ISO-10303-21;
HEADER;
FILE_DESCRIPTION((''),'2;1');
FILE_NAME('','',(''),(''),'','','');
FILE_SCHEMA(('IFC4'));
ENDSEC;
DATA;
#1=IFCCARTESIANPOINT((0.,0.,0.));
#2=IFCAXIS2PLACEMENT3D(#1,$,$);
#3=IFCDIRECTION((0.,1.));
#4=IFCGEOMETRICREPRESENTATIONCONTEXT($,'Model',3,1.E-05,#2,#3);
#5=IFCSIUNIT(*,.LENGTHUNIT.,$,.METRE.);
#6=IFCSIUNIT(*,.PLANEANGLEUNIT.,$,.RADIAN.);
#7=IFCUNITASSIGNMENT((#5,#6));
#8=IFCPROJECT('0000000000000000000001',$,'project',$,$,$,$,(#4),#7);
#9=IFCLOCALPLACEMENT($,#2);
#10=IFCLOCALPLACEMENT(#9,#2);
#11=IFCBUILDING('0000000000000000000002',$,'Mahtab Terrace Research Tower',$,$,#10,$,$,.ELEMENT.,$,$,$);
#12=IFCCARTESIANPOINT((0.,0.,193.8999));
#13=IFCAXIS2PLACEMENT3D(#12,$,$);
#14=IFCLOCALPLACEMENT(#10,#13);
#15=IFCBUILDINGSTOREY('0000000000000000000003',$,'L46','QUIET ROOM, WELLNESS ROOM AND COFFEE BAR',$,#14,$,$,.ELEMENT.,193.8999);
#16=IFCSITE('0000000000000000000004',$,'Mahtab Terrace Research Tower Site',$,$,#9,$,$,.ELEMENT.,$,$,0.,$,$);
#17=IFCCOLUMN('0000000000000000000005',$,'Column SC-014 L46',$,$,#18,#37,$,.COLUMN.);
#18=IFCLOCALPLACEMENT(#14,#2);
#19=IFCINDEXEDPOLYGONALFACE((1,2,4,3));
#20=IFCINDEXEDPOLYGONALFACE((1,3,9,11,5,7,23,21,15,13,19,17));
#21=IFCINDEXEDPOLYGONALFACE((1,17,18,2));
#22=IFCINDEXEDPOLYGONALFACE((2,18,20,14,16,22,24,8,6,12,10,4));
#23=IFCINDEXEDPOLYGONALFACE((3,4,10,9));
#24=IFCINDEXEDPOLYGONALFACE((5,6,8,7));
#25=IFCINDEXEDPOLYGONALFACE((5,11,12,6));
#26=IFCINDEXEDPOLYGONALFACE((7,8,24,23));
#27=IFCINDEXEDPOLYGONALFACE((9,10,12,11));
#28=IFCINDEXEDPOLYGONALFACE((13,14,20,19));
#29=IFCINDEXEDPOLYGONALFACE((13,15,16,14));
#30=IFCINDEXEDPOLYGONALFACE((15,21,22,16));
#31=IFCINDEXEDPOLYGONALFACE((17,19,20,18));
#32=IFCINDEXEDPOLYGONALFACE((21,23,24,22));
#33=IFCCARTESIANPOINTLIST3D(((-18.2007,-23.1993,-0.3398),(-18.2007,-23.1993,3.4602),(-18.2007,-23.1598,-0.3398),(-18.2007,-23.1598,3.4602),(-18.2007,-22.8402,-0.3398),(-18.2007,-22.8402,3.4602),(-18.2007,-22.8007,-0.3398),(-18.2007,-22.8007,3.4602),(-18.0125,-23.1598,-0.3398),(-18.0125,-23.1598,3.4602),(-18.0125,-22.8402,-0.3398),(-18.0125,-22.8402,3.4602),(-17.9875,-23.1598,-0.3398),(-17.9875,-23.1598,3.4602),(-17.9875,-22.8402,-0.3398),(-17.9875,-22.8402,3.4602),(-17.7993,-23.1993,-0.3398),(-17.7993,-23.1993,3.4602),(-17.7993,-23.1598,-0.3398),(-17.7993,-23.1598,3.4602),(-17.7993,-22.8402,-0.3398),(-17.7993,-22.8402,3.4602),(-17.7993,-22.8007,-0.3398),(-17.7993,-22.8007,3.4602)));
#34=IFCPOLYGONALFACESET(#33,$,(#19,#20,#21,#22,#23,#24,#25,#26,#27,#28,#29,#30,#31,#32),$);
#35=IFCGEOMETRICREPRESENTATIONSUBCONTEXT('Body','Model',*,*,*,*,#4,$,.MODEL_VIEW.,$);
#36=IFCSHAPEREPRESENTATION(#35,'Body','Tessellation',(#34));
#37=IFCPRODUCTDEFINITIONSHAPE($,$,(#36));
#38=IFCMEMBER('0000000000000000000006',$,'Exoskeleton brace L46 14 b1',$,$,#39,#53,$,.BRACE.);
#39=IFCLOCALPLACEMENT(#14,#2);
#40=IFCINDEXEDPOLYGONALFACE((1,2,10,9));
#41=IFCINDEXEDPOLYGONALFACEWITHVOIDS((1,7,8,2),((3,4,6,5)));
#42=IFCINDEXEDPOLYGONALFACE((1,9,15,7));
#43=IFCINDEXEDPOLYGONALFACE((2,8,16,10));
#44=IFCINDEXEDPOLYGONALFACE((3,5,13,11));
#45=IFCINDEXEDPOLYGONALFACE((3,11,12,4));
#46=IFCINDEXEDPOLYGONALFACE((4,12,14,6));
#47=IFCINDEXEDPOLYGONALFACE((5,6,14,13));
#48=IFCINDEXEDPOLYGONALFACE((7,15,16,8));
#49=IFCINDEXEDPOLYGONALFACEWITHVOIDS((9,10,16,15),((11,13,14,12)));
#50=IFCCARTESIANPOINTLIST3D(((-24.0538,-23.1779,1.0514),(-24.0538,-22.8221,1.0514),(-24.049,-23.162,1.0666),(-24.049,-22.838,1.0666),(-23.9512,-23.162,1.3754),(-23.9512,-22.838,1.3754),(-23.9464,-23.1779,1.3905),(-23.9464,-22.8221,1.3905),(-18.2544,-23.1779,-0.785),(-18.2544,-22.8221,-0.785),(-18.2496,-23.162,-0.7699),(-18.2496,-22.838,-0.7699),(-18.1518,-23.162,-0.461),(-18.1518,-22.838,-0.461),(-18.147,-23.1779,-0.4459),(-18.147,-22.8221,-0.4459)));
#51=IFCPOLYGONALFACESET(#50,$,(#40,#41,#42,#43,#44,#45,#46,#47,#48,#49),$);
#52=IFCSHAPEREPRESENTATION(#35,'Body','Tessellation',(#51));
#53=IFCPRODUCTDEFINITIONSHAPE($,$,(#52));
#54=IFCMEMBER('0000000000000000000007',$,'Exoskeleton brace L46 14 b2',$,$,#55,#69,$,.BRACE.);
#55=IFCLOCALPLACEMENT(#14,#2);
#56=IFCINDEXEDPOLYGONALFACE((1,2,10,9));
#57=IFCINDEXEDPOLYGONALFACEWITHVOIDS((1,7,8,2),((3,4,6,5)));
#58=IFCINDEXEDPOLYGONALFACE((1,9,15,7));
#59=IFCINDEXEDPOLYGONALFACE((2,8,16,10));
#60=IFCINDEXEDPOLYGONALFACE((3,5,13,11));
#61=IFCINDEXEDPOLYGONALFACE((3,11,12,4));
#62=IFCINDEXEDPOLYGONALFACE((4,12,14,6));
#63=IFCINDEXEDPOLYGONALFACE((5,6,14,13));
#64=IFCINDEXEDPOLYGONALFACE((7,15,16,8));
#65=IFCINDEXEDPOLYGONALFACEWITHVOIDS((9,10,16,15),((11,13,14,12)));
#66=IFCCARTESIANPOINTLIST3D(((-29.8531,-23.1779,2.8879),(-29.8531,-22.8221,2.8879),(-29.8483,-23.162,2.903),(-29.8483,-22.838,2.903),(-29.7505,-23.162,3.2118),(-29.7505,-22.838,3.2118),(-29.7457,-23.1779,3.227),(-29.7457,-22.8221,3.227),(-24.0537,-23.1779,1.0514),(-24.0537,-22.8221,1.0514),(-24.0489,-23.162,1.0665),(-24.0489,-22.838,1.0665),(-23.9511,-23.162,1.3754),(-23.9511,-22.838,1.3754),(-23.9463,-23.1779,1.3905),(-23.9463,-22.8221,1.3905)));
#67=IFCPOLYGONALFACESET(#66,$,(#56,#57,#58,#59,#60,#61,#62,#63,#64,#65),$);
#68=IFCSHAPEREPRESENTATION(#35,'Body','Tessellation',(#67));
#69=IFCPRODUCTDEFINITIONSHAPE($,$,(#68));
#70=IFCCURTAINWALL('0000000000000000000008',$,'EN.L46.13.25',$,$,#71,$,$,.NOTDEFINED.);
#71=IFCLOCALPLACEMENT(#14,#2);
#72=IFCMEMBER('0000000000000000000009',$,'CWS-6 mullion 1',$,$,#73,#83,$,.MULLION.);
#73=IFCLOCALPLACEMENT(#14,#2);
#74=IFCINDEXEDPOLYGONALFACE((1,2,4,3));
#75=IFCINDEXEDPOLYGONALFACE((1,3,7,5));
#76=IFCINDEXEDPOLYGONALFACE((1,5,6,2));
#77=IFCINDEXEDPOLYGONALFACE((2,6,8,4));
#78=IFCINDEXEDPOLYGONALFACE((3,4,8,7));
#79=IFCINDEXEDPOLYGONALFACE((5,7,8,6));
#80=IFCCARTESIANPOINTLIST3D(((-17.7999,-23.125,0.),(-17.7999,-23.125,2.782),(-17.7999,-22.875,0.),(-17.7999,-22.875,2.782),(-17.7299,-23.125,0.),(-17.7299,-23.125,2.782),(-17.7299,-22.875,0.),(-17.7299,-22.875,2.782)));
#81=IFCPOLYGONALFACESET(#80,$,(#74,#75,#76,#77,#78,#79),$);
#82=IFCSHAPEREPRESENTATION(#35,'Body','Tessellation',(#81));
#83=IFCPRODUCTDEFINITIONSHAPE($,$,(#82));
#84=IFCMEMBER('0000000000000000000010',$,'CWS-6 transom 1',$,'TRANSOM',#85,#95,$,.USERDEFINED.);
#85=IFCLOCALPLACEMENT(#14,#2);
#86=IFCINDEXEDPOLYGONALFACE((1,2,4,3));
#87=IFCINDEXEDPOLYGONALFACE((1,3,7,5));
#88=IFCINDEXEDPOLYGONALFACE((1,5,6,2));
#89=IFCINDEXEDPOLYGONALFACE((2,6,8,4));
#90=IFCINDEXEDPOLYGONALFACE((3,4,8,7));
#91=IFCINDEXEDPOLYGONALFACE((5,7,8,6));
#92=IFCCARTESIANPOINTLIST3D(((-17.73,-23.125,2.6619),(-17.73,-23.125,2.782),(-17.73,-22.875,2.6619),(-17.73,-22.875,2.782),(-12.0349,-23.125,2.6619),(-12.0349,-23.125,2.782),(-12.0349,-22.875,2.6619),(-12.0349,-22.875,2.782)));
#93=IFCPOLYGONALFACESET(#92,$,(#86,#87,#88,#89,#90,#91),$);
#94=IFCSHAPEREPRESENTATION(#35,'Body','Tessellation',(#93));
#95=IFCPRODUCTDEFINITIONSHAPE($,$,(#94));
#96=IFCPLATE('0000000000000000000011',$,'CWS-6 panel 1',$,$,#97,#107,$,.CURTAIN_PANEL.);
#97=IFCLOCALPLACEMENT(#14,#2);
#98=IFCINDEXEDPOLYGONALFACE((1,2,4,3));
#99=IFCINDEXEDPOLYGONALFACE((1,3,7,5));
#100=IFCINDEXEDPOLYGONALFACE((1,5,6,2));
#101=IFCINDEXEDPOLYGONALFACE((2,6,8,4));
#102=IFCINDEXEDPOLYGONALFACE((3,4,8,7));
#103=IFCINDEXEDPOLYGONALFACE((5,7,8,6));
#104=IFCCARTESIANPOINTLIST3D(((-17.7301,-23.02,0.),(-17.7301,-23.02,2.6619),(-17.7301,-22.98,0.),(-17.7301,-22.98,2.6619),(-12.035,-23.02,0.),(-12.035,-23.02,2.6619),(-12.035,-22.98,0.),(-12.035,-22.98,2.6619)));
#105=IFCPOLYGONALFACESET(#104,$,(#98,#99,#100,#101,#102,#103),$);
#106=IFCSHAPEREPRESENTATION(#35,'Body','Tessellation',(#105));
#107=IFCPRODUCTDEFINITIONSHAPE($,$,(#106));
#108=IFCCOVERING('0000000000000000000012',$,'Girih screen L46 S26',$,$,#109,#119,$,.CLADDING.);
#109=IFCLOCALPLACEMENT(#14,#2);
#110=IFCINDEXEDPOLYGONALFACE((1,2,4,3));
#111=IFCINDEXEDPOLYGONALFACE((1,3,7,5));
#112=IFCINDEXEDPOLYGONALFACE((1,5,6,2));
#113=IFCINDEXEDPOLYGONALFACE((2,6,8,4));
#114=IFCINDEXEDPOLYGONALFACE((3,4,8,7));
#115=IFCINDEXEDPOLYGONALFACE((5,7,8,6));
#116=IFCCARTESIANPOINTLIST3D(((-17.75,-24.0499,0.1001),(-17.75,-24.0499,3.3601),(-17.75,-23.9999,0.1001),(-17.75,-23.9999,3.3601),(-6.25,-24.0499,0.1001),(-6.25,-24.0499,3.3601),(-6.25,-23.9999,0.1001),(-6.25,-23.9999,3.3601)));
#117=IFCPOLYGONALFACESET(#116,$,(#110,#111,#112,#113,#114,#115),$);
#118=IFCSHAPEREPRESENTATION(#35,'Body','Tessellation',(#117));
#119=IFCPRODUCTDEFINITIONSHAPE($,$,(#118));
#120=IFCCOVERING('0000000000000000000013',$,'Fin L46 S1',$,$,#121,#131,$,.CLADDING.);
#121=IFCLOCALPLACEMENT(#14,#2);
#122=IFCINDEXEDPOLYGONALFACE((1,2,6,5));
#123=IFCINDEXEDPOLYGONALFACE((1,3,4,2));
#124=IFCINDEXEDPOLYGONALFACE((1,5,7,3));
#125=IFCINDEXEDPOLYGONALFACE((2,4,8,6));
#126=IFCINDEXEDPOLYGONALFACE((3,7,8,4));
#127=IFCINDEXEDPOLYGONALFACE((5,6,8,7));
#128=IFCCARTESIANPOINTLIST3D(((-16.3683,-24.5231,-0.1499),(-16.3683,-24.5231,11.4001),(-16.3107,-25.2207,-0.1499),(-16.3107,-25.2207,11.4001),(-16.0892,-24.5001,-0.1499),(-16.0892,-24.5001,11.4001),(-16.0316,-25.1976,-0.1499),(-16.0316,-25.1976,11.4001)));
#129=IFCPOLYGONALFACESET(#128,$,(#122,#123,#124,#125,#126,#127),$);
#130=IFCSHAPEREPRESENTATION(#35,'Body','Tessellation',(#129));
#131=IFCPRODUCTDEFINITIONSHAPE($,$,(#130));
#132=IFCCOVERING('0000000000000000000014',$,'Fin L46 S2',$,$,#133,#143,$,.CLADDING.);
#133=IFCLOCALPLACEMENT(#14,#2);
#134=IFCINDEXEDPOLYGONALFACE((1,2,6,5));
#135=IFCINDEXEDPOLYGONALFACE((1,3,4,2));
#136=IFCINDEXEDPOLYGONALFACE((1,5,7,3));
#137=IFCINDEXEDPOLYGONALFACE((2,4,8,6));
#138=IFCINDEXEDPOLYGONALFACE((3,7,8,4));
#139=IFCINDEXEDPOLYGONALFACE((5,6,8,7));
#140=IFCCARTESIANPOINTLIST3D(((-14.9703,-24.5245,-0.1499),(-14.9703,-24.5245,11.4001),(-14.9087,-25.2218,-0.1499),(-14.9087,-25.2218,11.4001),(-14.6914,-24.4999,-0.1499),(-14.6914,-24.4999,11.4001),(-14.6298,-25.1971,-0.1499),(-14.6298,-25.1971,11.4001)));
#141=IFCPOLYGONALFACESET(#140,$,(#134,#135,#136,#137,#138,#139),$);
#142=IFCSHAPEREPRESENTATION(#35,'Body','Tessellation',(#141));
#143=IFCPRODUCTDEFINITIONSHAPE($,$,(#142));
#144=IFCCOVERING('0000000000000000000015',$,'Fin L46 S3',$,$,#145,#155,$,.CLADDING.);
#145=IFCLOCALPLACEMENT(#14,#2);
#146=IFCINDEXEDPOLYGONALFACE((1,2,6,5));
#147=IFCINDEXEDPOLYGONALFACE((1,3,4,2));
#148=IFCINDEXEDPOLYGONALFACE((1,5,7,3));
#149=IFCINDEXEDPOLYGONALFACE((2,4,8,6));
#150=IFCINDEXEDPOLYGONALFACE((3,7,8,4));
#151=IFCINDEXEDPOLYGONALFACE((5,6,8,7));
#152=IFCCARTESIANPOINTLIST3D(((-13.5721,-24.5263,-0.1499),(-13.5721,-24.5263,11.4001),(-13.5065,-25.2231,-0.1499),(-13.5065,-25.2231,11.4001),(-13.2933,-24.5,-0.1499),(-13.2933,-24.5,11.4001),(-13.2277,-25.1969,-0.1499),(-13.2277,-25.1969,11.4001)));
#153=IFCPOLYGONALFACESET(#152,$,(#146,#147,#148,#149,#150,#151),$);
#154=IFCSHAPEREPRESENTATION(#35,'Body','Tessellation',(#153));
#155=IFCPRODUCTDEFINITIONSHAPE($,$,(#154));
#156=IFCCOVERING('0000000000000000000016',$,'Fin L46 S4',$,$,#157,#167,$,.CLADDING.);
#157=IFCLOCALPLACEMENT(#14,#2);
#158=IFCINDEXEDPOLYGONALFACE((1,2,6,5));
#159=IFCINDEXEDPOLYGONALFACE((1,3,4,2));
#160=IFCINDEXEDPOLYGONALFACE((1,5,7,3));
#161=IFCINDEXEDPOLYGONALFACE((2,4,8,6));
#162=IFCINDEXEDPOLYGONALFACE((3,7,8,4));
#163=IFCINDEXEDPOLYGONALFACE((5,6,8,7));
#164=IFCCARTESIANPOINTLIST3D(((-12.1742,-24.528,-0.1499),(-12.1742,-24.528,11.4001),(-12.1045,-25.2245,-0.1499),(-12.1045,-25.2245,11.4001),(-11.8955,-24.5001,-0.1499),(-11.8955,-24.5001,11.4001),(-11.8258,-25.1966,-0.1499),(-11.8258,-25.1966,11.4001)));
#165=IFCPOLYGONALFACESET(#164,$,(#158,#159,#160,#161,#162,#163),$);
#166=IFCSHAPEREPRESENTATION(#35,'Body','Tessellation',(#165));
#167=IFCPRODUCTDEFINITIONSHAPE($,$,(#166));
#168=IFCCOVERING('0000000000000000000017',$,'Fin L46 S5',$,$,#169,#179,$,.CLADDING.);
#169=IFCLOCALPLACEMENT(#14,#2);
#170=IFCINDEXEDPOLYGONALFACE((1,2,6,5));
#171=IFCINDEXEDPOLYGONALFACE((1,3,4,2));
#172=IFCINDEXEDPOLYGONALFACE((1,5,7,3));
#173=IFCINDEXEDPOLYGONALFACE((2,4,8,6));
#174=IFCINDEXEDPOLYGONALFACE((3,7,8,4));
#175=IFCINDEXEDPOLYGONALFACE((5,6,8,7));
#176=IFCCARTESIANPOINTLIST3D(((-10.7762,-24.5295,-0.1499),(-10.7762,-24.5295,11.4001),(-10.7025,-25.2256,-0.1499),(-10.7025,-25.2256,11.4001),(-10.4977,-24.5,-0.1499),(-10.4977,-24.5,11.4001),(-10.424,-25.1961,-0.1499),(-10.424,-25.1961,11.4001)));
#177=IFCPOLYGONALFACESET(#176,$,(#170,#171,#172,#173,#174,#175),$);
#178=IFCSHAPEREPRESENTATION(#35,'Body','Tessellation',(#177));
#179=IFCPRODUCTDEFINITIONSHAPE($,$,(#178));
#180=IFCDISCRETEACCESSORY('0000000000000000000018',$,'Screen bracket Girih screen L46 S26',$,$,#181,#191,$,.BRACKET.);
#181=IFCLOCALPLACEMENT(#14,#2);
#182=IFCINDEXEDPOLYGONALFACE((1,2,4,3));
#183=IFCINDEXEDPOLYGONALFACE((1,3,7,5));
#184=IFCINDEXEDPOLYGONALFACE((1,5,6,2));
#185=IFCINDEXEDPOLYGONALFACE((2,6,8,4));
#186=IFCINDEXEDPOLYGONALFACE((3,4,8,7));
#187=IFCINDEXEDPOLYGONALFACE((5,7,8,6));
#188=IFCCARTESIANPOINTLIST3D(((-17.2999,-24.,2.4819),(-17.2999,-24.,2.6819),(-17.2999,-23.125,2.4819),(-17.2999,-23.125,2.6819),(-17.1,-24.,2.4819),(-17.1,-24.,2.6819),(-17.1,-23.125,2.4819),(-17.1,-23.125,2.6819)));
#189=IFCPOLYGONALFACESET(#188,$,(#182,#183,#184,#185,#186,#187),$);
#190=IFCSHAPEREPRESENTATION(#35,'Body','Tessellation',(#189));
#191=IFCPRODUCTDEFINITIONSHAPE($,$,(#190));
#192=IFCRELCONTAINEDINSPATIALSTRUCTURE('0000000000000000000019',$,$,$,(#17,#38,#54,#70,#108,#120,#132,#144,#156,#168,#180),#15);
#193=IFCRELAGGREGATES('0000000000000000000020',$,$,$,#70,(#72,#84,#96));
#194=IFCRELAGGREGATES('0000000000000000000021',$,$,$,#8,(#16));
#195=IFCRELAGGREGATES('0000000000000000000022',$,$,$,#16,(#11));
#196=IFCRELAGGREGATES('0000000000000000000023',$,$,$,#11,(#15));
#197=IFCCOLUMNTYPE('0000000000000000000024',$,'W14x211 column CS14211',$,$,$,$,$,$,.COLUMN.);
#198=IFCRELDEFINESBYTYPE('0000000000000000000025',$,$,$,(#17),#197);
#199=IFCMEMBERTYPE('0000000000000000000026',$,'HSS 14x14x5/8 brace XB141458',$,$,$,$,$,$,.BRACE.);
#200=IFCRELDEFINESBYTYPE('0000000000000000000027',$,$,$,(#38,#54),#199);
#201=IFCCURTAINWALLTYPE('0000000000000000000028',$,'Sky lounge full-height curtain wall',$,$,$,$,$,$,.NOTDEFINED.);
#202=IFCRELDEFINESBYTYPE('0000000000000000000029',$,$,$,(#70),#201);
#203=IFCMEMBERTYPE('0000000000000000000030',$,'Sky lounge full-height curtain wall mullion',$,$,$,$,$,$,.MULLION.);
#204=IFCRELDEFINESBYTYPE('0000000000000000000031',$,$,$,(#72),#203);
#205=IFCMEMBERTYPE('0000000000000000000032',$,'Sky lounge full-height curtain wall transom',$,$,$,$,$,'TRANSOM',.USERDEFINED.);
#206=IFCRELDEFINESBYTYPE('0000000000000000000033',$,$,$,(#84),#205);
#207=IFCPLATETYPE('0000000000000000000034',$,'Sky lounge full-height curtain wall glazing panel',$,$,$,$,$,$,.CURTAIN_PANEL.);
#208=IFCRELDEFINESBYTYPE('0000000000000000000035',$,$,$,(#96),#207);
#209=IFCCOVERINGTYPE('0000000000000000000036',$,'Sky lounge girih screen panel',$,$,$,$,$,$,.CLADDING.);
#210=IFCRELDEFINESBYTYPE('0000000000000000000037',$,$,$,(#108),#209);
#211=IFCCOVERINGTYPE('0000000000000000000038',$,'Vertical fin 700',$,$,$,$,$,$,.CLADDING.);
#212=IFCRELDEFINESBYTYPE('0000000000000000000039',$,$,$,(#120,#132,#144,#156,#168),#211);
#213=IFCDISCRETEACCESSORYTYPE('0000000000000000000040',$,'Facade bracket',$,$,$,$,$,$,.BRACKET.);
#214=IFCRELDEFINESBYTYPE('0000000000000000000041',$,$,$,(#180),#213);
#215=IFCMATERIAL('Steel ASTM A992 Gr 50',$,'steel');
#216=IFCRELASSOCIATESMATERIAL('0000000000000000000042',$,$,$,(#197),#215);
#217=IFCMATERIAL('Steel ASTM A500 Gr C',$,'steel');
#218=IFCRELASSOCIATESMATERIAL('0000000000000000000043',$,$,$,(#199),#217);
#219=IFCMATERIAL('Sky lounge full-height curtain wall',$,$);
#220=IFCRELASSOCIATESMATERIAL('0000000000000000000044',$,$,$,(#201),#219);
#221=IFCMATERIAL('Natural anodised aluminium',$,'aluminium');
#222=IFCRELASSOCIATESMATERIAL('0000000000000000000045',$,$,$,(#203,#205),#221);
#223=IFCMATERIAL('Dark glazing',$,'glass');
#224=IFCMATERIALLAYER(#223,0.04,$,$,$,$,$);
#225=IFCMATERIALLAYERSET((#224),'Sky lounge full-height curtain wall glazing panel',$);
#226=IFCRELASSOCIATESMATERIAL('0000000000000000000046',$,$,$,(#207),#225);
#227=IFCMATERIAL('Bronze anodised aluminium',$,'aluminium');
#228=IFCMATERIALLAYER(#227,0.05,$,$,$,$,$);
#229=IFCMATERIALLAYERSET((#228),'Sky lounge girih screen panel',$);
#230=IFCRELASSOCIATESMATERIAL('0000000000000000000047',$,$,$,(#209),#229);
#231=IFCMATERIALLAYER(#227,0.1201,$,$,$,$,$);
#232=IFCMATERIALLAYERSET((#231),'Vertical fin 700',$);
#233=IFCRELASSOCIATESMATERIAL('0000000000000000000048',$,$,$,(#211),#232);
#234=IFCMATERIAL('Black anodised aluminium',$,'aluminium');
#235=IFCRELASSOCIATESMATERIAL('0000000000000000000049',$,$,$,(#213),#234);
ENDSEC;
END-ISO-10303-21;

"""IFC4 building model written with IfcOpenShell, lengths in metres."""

from ifc_helpers import new_model, si_unit, direction, frame, origin, origin_2d, place, context, subcontext, project, spatial, rectangle, hollow_rectangle, i_section, extrude, material, layer, layer_set, material_profile, profile_set, type_object, element, aggregate, save


model = new_model("IFC4")

# Units and contexts
model_context = context("Model", 3, precision=1e-05, world=origin(), true_north=direction((0.0, 1.0)))
body_context = subcontext(model_context, "Body", "Model", "MODEL_VIEW")
ifc_project = project(units=[si_unit("LENGTHUNIT", "METRE"), si_unit("PLANEANGLEUNIT", "RADIAN")], contexts=[model_context])

# Site, building, storey
site_placement = place(None, origin())
site = spatial("IfcSite", under=ifc_project, at=site_placement, Name="Mahtab Terrace Research Tower Site", CompositionType="ELEMENT", RefElevation=0.0)
building_placement = place(site_placement, origin())
building = spatial("IfcBuilding", under=site, at=building_placement, Name="Mahtab Terrace Research Tower", CompositionType="ELEMENT")
storey_placement = place(building_placement, frame((0.0, 0.0, 193.8999)))
storey = spatial("IfcBuildingStorey", under=building, at=storey_placement, Name="L46", Description="QUIET ROOM, WELLNESS ROOM AND COFFEE BAR", CompositionType="ELEMENT", Elevation=193.8999)

# Column
ifc_material_1 = material(Name="Steel ASTM A992 Gr 50", Category="steel")
ifc_material_profile_1 = material_profile(ifc_material_1, i_section(OverallWidth=0.4014, OverallDepth=0.3987, WebThickness=0.0249, FlangeThickness=0.0396, at=origin_2d()), Name="W14X211")
ifc_profile_set_1 = profile_set([ifc_material_profile_1], Name="Steel ASTM A992 Gr 50")
column_type = type_object("IfcColumnType", Name="W14x211 column CS14211", PredefinedType="COLUMN", material=ifc_profile_set_1)
column_placement = place(storey_placement, frame((-18.0, -23.0, -0.3398), z_axis=(0.0, 0.0, 1.0), x_axis=(1.0, 0.0, 0.0)))
element("IfcColumn", 1, at=column_placement, inside=storey, type_object=column_type, Name="Column SC-014 L46", PredefinedType="COLUMN", context=body_context, shape_type="SweptSolid", body=[
    extrude(i_section(OverallWidth=0.4014, OverallDepth=0.3987, WebThickness=0.0249, FlangeThickness=0.0396, at=origin_2d()), origin(), (0.0, 0.0, 1.0), 3.8),
])

# Members
ifc_material_2 = material(Name="Steel ASTM A500 Gr C", Category="steel")
ifc_material_profile_2 = material_profile(ifc_material_2, hollow_rectangle(XDim=0.3557, YDim=0.3557, WallThickness=0.0159, at=origin_2d()), Name="HSS14X14X5/8")
ifc_profile_set_2 = profile_set([ifc_material_profile_2], Name="Steel ASTM A500 Gr C")
member_type_1 = type_object("IfcMemberType", Name="HSS 14x14x5/8 brace XB141458", PredefinedType="BRACE", material=ifc_profile_set_2)
for number, where, z_axis, x_axis, name in (
    (2, (-18.2007, -23.0, -0.6155), (-0.953343, 0.0, 0.301888), (0.0, -1.0, 0.0), "Exoskeleton brace L46 14 b1"),
    (3, (-24.0, -23.0, 1.2209), (-0.953343, 0.0, 0.301888), (0.0, -1.0, 0.0), "Exoskeleton brace L46 14 b2"),
):
    element("IfcMember", number, at=place(storey_placement, frame(where, z_axis=z_axis, x_axis=x_axis)), inside=storey, type_object=member_type_1, Name=name, PredefinedType="BRACE", context=body_context, shape_type="SweptSolid", body=[
        extrude(hollow_rectangle(XDim=0.3557, YDim=0.3557, WallThickness=0.0159, at=origin_2d()), origin(), (0.0, 0.0, 1.0), 6.0833),
    ])

# Curtain wall, members, plate
ifc_material_3 = material(Name="Sky lounge full-height curtain wall")
curtain_wall_type = type_object("IfcCurtainWallType", Name="Sky lounge full-height curtain wall", PredefinedType="NOTDEFINED", material=ifc_material_3)
curtain_wall_placement = place(storey_placement, origin())
curtain_wall = element("IfcCurtainWall", 4, at=curtain_wall_placement, inside=storey, type_object=curtain_wall_type, Name="EN.L46.13.25", PredefinedType="NOTDEFINED")
ifc_material_4 = material(Name="Natural anodised aluminium", Category="aluminium")
ifc_material_profile_3 = material_profile(ifc_material_4, rectangle(XDim=0.25, YDim=0.0701, at=origin_2d()), Name="MULLION 70x250")
ifc_profile_set_3 = profile_set([ifc_material_profile_3], Name="Natural anodised aluminium")
member_type_2 = type_object("IfcMemberType", Name="Sky lounge full-height curtain wall mullion", PredefinedType="MULLION", material=ifc_profile_set_3)
member_1_placement = place(storey_placement, frame((-17.7649, -23.0, 0.0), z_axis=(0.0, 0.0, 1.0), x_axis=(0.0, 1.0, 0.0)))
member_1 = element("IfcMember", 5, at=member_1_placement, type_object=member_type_2, Name="CWS-6 mullion 1", PredefinedType="MULLION", context=body_context, shape_type="SweptSolid", body=[
    extrude(rectangle(XDim=0.25, YDim=0.0701, at=origin_2d()), origin(), (0.0, 0.0, 1.0), 2.782),
])
ifc_material_profile_4 = material_profile(ifc_material_4, rectangle(XDim=0.25, YDim=0.1201, at=origin_2d()), Name="TRANSOM 120x250")
ifc_profile_set_4 = profile_set([ifc_material_profile_4], Name="Natural anodised aluminium")
member_type_3 = type_object("IfcMemberType", Name="Sky lounge full-height curtain wall transom", ElementType="TRANSOM", PredefinedType="USERDEFINED", material=ifc_profile_set_4)
member_2_placement = place(storey_placement, frame((-17.73, -23.0, 2.7219), z_axis=(1.0, 0.0, 0.0), x_axis=(0.0, 1.0, 0.0)))
member_2 = element("IfcMember", 6, at=member_2_placement, type_object=member_type_3, Name="CWS-6 transom 1", ObjectType="TRANSOM", PredefinedType="USERDEFINED", context=body_context, shape_type="SweptSolid", body=[
    extrude(rectangle(XDim=0.25, YDim=0.1201, at=origin_2d()), origin(), (0.0, 0.0, 1.0), 5.6951),
])
ifc_material_5 = material(Name="Dark glazing", Category="glass")
ifc_layer_1 = layer(ifc_material_5, 0.04)
ifc_layer_set_1 = layer_set([ifc_layer_1], Name="Sky lounge full-height curtain wall glazing panel")
plate_type = type_object("IfcPlateType", Name="Sky lounge full-height curtain wall glazing panel", PredefinedType="CURTAIN_PANEL", material=ifc_layer_set_1)
plate_placement = place(storey_placement, frame((-14.8826, -23.0, 0.0), z_axis=(0.0, 0.0, 1.0), x_axis=(1.0, 0.0, 0.0)))
plate = element("IfcPlate", 7, at=plate_placement, type_object=plate_type, Name="CWS-6 panel 1", PredefinedType="CURTAIN_PANEL", context=body_context, shape_type="SweptSolid", body=[
    extrude(rectangle(XDim=5.6951, YDim=0.04, at=origin_2d()), origin(), (0.0, 0.0, 1.0), 2.6619),
])
aggregate(curtain_wall, [member_1, member_2, plate])

# Coverings
ifc_material_6 = material(Name="Bronze anodised aluminium", Category="aluminium")
ifc_layer_2 = layer(ifc_material_6, 0.05)
ifc_layer_set_2 = layer_set([ifc_layer_2], Name="Sky lounge girih screen panel")
covering_type_1 = type_object("IfcCoveringType", Name="Sky lounge girih screen panel", PredefinedType="CLADDING", material=ifc_layer_set_2)
covering_placement = place(storey_placement, frame((-12.0, -24.0249, 0.1001), z_axis=(0.0, 0.0, 1.0), x_axis=(1.0, 0.0, 0.0)))
element("IfcCovering", 8, at=covering_placement, inside=storey, type_object=covering_type_1, Name="Girih screen L46 S26", PredefinedType="CLADDING", context=body_context, shape_type="SweptSolid", body=[
    extrude(rectangle(XDim=11.5, YDim=0.05, at=origin_2d()), origin(), (0.0, 0.0, 1.0), 3.26),
])
ifc_layer_3 = layer(ifc_material_6, 0.1201)
ifc_layer_set_3 = layer_set([ifc_layer_3], Name="Vertical fin 700")
covering_type_2 = type_object("IfcCoveringType", Name="Vertical fin 700", PredefinedType="CLADDING", material=ifc_layer_set_3)
for number, where, z_axis, x_axis, name in (
    (9, (-16.2, -24.8604, -0.1499), (0.0, 0.0, 1.0), (0.996617, 0.082187, 0.0), "Fin L46 S1"),
    (10, (-14.8, -24.8608, -0.1499), (0.0, 0.0, 1.0), (0.996122, 0.087984, 0.0), "Fin L46 S2"),
    (11, (-13.3999, -24.8616, -0.1499), (0.0, 0.0, 1.0), (0.995593, 0.093777, 0.0), "Fin L46 S3"),
    (12, (-12.0, -24.8623, -0.1499), (0.0, 0.0, 1.0), (0.995031, 0.099568, 0.0), "Fin L46 S4"),
    (13, (-10.6001, -24.8628, -0.1499), (0.0, 0.0, 1.0), (0.994435, 0.105355, 0.0), "Fin L46 S5"),
):
    element("IfcCovering", number, at=place(storey_placement, frame(where, z_axis=z_axis, x_axis=x_axis)), inside=storey, type_object=covering_type_2, Name=name, PredefinedType="CLADDING", context=body_context, shape_type="SweptSolid", body=[
        extrude(rectangle(XDim=0.28, YDim=0.7, at=origin_2d()), origin(), (0.0, 0.0, 1.0), 11.55),
    ])

# Discrete accessory
ifc_material_7 = material(Name="Black anodised aluminium", Category="aluminium")
discrete_accessory_type_1 = type_object("IfcDiscreteAccessoryType", Name="Facade bracket", PredefinedType="BRACKET", material=ifc_material_7)
discrete_accessory_placement = place(storey_placement, frame((-17.2, -23.5625, 2.4819), z_axis=(0.0, 0.0, 1.0), x_axis=(1.0, 0.0, 0.0)))
element("IfcDiscreteAccessory", 14, at=discrete_accessory_placement, inside=storey, type_object=discrete_accessory_type_1, Name="Screen bracket Girih screen L46 S26", PredefinedType="BRACKET", context=body_context, shape_type="SweptSolid", body=[
    extrude(rectangle(XDim=0.2, YDim=0.875, at=origin_2d()), origin(), (0.0, 0.0, 1.0), 0.2),
])

save(model, "model.ifc")
